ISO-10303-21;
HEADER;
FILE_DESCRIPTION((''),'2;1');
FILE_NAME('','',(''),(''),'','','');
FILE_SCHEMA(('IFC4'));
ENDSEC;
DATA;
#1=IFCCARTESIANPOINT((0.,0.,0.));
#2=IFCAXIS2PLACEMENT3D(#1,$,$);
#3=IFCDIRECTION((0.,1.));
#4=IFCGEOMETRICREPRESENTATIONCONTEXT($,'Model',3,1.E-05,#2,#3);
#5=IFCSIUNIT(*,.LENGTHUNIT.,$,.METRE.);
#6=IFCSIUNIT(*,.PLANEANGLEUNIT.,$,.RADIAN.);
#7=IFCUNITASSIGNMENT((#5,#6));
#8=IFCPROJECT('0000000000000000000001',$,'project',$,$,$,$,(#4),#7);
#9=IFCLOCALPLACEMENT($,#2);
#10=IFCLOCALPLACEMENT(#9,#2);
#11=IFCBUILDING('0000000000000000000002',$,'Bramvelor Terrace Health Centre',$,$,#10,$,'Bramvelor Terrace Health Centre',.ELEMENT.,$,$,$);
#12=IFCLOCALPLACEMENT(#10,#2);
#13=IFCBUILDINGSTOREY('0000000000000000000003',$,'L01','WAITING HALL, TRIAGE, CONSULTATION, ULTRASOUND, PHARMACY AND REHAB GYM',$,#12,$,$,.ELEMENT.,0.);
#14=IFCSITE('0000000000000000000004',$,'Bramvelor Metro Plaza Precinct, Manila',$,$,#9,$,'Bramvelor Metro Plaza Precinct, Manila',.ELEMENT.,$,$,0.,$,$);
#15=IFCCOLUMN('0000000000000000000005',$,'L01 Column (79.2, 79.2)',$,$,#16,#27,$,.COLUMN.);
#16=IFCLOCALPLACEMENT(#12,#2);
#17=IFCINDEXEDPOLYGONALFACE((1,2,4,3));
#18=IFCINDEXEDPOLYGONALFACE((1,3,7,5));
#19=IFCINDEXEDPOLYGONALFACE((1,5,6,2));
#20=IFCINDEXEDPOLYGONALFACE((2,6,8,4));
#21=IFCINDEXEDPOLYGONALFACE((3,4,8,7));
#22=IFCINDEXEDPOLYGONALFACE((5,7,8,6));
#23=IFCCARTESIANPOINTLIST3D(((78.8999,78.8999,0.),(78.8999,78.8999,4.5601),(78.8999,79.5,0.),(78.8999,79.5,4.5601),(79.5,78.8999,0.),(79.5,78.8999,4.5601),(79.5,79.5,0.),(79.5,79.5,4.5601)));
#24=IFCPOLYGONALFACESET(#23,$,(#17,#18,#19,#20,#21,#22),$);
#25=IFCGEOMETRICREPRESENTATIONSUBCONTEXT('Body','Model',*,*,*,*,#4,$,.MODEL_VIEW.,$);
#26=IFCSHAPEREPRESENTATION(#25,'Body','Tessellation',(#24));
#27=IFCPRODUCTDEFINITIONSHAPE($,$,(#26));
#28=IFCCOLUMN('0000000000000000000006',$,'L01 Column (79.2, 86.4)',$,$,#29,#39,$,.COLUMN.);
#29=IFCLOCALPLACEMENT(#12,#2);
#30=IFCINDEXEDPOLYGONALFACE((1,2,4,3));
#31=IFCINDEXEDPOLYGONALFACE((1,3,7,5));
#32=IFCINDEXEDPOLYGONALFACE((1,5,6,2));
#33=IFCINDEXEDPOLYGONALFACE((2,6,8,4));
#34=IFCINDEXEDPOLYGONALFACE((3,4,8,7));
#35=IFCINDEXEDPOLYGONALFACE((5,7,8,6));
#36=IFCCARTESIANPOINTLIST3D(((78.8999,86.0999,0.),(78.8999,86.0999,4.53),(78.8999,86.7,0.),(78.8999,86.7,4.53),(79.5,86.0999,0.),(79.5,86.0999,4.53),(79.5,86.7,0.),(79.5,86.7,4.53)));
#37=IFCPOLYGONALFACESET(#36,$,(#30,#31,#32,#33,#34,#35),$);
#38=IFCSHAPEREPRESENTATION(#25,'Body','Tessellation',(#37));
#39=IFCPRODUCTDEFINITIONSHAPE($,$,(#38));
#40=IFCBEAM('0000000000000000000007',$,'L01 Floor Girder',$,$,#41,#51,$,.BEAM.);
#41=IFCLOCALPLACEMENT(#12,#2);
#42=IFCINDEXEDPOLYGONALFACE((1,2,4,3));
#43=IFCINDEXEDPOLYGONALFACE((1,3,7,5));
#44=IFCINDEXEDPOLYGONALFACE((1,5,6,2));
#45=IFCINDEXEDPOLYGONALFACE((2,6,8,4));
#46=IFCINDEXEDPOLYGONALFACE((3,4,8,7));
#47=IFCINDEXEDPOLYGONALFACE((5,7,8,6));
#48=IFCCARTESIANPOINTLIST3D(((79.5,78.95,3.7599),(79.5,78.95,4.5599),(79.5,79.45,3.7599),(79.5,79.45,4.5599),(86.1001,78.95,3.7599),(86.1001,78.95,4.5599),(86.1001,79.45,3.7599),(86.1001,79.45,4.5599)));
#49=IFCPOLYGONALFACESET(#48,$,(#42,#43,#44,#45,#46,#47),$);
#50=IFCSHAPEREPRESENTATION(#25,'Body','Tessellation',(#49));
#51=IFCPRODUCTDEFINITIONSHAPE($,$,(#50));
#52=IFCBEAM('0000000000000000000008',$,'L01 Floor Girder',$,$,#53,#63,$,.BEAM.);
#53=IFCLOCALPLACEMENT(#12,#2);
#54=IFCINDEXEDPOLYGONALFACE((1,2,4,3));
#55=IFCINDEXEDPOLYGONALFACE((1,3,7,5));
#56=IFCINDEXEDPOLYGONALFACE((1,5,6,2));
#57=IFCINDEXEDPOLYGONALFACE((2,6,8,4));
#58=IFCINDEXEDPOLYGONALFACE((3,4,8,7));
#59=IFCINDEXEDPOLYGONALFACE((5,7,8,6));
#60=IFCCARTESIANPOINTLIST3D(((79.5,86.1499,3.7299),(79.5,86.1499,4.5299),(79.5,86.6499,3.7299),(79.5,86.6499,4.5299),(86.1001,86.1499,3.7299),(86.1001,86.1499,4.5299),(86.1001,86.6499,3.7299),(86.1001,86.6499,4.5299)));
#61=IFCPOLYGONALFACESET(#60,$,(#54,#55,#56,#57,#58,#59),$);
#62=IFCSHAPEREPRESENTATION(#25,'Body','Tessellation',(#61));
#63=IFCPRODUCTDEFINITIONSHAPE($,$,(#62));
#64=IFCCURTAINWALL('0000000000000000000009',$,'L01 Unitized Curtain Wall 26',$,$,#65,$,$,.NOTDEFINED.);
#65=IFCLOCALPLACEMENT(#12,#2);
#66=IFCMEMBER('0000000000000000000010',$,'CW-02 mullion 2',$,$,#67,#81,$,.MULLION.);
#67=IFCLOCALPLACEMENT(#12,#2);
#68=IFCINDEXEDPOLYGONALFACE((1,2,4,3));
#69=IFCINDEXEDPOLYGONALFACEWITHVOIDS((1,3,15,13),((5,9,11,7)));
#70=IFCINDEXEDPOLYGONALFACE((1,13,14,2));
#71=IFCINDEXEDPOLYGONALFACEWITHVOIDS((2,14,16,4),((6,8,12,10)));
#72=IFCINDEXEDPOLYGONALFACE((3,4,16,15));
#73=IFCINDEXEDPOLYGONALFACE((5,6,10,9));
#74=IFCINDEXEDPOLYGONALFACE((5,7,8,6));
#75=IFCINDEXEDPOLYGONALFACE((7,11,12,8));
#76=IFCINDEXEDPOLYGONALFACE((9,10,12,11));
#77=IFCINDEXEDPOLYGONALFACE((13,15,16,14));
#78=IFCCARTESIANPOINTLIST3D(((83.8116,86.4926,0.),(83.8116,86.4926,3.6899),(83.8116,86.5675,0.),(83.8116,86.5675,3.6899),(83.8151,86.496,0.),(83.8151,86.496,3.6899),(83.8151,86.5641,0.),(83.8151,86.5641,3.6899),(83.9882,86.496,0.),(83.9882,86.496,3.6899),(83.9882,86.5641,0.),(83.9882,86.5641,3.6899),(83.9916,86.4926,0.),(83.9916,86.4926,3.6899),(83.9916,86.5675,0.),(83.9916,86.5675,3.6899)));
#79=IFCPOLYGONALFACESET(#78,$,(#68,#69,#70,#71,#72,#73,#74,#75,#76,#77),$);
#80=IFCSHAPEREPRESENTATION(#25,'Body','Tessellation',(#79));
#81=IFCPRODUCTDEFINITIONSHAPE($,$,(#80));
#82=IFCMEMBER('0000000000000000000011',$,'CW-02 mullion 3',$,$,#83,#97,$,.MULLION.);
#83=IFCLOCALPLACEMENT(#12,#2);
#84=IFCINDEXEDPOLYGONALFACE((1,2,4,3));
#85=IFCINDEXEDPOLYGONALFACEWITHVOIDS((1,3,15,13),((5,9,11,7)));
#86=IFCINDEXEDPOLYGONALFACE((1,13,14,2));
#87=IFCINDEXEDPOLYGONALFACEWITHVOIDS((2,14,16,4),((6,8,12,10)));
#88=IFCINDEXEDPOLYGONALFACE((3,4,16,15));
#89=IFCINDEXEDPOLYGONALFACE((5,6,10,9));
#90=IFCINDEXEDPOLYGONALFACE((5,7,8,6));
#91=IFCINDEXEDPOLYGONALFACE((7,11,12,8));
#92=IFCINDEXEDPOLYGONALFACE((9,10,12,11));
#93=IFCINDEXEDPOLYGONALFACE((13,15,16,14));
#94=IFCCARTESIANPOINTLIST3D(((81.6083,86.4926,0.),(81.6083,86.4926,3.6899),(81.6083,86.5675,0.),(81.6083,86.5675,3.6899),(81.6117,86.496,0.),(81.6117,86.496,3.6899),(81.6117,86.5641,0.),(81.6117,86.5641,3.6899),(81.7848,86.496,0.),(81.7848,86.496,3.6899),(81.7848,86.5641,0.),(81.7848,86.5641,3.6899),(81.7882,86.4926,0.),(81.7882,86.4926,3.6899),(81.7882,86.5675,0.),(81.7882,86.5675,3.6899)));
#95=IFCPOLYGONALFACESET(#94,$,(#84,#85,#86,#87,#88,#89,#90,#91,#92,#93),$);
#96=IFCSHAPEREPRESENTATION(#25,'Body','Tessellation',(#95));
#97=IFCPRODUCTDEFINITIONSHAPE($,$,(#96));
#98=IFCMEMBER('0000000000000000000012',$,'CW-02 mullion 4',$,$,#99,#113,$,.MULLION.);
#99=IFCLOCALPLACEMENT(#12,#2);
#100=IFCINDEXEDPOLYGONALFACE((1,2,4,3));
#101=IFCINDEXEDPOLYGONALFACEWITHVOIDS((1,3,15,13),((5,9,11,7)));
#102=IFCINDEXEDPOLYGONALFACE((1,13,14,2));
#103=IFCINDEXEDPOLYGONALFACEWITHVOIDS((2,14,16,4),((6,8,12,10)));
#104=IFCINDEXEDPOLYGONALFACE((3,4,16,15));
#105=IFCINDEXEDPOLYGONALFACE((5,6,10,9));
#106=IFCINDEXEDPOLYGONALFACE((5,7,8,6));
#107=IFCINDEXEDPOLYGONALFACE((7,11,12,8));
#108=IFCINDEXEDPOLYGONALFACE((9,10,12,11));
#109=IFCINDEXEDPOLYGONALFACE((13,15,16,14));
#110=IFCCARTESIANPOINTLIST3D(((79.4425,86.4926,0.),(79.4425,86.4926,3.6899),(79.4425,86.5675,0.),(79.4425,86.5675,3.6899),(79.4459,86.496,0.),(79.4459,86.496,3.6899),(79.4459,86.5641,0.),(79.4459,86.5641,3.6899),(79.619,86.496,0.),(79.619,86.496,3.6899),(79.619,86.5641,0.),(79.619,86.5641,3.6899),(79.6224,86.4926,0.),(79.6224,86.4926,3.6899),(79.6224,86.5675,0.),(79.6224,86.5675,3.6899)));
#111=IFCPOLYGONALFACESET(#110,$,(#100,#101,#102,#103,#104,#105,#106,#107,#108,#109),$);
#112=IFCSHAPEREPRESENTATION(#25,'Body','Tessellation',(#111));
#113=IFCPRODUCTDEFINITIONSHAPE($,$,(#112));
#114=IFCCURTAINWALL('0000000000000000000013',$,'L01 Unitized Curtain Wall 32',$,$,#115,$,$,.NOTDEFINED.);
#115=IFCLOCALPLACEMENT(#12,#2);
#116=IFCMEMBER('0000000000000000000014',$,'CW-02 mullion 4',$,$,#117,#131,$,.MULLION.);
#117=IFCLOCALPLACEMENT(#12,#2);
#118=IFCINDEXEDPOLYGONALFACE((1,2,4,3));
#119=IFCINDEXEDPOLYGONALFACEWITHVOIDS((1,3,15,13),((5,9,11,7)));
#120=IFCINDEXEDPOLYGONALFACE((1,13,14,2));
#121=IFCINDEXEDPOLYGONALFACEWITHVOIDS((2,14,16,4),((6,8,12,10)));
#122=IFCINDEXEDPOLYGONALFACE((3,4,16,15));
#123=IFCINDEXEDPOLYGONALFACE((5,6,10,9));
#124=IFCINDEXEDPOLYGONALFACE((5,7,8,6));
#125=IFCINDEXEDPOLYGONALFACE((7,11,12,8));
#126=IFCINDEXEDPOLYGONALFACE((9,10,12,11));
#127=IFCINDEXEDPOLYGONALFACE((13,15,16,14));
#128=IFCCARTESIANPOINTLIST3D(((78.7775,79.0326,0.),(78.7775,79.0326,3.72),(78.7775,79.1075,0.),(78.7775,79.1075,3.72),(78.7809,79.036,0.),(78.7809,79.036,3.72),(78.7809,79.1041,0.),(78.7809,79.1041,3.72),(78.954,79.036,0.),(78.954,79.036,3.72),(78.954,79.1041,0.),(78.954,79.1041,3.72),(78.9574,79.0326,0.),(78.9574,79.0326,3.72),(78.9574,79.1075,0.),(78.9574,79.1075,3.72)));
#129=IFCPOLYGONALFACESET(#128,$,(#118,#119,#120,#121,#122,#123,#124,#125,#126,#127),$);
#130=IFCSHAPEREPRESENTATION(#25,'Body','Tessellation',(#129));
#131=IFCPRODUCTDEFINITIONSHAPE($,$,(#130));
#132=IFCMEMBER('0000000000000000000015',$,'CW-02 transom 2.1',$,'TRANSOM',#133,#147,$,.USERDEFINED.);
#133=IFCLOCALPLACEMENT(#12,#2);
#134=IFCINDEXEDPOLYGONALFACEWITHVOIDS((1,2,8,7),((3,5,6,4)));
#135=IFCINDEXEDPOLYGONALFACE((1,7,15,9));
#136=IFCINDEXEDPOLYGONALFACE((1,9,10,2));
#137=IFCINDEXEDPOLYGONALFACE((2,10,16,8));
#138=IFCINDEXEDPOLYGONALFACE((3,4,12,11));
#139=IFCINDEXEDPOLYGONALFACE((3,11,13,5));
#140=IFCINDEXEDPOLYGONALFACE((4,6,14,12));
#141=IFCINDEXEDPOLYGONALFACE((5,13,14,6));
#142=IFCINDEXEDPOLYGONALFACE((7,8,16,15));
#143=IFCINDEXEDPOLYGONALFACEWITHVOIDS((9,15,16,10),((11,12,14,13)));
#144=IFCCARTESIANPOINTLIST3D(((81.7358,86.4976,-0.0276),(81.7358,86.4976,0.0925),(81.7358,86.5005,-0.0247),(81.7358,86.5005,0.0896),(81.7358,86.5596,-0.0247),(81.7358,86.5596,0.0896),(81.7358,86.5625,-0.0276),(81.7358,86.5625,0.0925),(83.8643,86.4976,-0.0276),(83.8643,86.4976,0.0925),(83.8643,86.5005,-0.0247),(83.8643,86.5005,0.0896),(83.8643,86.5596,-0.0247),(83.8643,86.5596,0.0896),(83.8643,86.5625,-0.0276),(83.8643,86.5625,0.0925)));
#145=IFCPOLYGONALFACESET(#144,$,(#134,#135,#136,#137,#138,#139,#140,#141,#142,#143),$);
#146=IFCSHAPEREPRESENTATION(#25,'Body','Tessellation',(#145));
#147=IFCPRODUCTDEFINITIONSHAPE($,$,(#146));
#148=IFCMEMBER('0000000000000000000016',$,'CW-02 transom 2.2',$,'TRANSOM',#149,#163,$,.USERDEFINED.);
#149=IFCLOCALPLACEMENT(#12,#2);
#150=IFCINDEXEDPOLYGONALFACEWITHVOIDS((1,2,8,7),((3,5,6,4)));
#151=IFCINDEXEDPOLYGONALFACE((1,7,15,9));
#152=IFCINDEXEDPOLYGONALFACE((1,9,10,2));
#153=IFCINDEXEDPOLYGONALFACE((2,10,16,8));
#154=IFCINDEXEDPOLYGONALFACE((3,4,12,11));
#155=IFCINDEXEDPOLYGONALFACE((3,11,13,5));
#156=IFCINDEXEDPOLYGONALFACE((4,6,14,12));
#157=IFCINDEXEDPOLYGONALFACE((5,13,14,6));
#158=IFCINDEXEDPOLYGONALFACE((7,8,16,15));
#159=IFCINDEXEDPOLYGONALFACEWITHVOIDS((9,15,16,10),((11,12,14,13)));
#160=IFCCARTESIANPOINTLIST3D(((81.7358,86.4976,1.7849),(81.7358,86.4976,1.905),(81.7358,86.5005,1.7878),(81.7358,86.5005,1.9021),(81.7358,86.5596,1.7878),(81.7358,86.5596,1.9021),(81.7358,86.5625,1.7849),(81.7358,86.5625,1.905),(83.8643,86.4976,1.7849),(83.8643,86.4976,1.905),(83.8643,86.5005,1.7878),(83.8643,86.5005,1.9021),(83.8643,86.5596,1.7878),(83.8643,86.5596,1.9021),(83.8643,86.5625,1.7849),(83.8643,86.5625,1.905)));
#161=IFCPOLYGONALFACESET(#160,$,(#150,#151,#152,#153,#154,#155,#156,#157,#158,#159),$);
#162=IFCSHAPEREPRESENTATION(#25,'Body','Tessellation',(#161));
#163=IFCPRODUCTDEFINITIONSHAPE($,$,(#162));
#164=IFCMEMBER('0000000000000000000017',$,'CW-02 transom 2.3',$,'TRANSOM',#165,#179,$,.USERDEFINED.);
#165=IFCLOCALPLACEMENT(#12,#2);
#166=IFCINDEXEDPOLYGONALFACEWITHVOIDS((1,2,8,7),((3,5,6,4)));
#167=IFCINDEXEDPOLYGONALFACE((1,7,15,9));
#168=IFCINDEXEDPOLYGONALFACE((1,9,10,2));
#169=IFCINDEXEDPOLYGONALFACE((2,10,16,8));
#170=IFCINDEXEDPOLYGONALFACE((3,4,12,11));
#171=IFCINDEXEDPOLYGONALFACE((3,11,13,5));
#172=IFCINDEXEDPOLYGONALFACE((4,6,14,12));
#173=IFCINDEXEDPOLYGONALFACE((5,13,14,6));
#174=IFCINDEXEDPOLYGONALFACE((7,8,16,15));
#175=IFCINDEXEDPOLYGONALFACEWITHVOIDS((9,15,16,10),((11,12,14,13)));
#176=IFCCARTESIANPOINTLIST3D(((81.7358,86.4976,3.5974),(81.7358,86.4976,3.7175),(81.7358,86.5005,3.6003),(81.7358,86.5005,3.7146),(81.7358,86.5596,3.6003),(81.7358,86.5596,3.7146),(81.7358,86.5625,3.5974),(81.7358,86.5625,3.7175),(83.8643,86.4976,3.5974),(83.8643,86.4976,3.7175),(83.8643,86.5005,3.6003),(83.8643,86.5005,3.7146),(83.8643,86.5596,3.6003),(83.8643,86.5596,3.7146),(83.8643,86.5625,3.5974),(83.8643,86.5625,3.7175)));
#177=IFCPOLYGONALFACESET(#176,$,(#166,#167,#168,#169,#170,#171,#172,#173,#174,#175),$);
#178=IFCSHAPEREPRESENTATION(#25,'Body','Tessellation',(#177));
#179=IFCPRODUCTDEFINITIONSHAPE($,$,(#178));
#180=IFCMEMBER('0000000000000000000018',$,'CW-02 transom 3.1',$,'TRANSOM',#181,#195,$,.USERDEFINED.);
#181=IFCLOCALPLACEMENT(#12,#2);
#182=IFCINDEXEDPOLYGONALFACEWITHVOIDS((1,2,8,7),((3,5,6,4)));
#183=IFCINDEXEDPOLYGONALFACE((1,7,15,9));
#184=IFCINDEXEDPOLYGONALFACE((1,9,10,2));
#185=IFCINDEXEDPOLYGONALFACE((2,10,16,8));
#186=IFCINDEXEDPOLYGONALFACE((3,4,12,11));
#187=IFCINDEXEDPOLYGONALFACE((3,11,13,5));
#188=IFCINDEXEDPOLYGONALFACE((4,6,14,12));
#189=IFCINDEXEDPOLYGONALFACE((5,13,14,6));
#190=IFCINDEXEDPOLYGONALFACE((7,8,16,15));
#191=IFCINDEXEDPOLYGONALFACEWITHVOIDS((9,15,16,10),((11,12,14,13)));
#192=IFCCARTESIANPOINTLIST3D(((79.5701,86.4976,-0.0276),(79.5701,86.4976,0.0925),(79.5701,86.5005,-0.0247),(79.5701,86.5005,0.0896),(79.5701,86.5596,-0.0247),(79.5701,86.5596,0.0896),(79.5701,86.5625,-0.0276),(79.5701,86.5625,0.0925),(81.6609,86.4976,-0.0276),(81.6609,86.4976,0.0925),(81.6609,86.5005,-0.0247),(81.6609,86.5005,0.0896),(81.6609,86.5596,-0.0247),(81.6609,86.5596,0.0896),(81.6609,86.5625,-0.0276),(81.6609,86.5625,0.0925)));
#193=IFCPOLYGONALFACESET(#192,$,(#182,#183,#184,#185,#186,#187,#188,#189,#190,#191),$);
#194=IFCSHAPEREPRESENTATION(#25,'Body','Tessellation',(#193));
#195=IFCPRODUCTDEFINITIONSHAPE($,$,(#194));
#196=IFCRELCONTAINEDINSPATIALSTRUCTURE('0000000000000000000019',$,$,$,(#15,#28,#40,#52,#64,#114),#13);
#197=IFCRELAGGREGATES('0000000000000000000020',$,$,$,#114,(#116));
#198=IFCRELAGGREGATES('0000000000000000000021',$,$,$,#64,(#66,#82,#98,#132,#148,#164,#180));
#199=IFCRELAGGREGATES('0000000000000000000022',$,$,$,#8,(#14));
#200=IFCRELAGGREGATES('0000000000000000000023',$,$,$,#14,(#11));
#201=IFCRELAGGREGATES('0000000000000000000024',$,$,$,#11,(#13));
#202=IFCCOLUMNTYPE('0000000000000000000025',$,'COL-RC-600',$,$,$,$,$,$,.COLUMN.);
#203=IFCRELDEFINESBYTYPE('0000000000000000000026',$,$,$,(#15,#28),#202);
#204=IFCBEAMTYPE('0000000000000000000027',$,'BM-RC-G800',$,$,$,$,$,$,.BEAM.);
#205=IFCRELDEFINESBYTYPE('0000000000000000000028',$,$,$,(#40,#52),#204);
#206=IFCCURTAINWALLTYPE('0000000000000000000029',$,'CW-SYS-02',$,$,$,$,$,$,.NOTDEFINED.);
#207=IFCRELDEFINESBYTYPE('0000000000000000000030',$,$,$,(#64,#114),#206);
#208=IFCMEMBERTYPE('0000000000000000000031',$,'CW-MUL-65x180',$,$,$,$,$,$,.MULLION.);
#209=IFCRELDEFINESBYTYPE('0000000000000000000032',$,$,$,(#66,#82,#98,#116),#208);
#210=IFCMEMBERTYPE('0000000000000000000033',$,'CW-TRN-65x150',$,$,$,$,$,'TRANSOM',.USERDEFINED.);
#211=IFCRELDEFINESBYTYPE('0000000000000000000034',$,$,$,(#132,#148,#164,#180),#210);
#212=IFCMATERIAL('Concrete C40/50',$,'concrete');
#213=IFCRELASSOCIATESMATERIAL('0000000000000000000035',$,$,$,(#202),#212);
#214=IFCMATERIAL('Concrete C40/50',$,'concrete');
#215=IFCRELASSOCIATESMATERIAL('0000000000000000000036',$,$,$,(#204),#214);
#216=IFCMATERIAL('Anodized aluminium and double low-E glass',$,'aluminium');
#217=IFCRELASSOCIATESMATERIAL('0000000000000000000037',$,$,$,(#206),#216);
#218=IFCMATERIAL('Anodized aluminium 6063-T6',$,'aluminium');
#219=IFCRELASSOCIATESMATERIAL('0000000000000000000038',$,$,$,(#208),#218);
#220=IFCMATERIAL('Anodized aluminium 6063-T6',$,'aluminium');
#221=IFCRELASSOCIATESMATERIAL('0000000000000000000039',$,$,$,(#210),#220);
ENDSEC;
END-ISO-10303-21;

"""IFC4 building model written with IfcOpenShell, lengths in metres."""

from ifc_helpers import new_model, si_unit, direction, frame, origin, origin_2d, place, context, subcontext, project, spatial, rectangle, hollow_rectangle, extrude, material, material_profile, profile_set, type_object, element, aggregate, save


model = new_model("IFC4")

# Units and contexts
model_context = context("Model", 3, precision=1e-05, world=origin(), true_north=direction((0.0, 1.0)))
body_context = subcontext(model_context, "Body", "Model", "MODEL_VIEW")
ifc_project = project(units=[si_unit("LENGTHUNIT", "METRE"), si_unit("PLANEANGLEUNIT", "RADIAN")], contexts=[model_context])

# Site, building, storey
site_placement = place(None, origin())
site = spatial("IfcSite", under=ifc_project, at=site_placement, Name="Bramvelor Metro Plaza Precinct, Manila", LongName="Bramvelor Metro Plaza Precinct, Manila", CompositionType="ELEMENT", RefElevation=0.0)
building_placement = place(site_placement, origin())
building = spatial("IfcBuilding", under=site, at=building_placement, Name="Bramvelor Terrace Health Centre", LongName="Bramvelor Terrace Health Centre", CompositionType="ELEMENT")
storey_placement = place(building_placement, origin())
storey = spatial("IfcBuildingStorey", under=building, at=storey_placement, Name="L01", Description="WAITING HALL, TRIAGE, CONSULTATION, ULTRASOUND, PHARMACY AND REHAB GYM", CompositionType="ELEMENT", Elevation=0.0)

# Columns
ifc_material_1 = material(Name="Concrete C40/50", Category="concrete")
ifc_material_profile_1 = material_profile(ifc_material_1, rectangle(XDim=0.6001, YDim=0.6001, at=origin_2d()), Name="RC 600x600")
ifc_profile_set_1 = profile_set([ifc_material_profile_1], Name="Concrete C40/50")
column_type = type_object("IfcColumnType", Name="COL-RC-600", PredefinedType="COLUMN", material=ifc_profile_set_1)
column_1_placement = place(storey_placement, frame((79.2, 79.2, 0.0), z_axis=(0.0, 0.0, 1.0), x_axis=(1.0, 0.0, 0.0)))
element("IfcColumn", 1, at=column_1_placement, inside=storey, type_object=column_type, Name="L01 Column (79.2, 79.2)", PredefinedType="COLUMN", context=body_context, shape_type="SweptSolid", body=[
    extrude(rectangle(XDim=0.6001, YDim=0.6001, at=origin_2d()), origin(), (0.0, 0.0, 1.0), 4.5601),
])
column_2_placement = place(storey_placement, frame((79.2, 86.3999, 0.0), z_axis=(0.0, 0.0, 1.0), x_axis=(1.0, 0.0, 0.0)))
element("IfcColumn", 2, at=column_2_placement, inside=storey, type_object=column_type, Name="L01 Column (79.2, 86.4)", PredefinedType="COLUMN", context=body_context, shape_type="SweptSolid", body=[
    extrude(rectangle(XDim=0.6001, YDim=0.6001, at=origin_2d()), origin(), (0.0, 0.0, 1.0), 4.53),
])

# Beams
ifc_material_2 = material(Name="Concrete C40/50", Category="concrete")
ifc_material_profile_2 = material_profile(ifc_material_2, rectangle(XDim=0.5, YDim=0.8, at=origin_2d()), Name="RC 500x800")
ifc_profile_set_2 = profile_set([ifc_material_profile_2], Name="Concrete C40/50")
beam_type = type_object("IfcBeamType", Name="BM-RC-G800", PredefinedType="BEAM", material=ifc_profile_set_2)
for number, where, z_axis, x_axis, name in (
    (3, (79.5, 79.2, 4.1599), (1.0, 0.0, 0.0), (0.0, 1.0, 0.0), "L01 Floor Girder"),
    (4, (79.5, 86.3999, 4.1299), (1.0, 0.0, 0.0), (0.0, 1.0, 0.0), "L01 Floor Girder"),
):
    element("IfcBeam", number, at=place(storey_placement, frame(where, z_axis=z_axis, x_axis=x_axis)), inside=storey, type_object=beam_type, Name=name, PredefinedType="BEAM", context=body_context, shape_type="SweptSolid", body=[
        extrude(rectangle(XDim=0.5, YDim=0.8, at=origin_2d()), origin(), (0.0, 0.0, 1.0), 6.6001),
    ])

# Curtain wall, members
ifc_material_3 = material(Name="Anodized aluminium and double low-E glass", Category="aluminium")
curtain_wall_type = type_object("IfcCurtainWallType", Name="CW-SYS-02", PredefinedType="NOTDEFINED", material=ifc_material_3)
curtain_wall_1_placement = place(storey_placement, origin())
curtain_wall_1 = element("IfcCurtainWall", 5, at=curtain_wall_1_placement, inside=storey, type_object=curtain_wall_type, Name="L01 Unitized Curtain Wall 26", PredefinedType="NOTDEFINED")
ifc_material_4 = material(Name="Anodized aluminium 6063-T6", Category="aluminium")
ifc_material_profile_3 = material_profile(ifc_material_4, hollow_rectangle(XDim=0.075, YDim=0.1799, WallThickness=0.0034, at=origin_2d()), Name="ALU-MUL 75x180x3.5")
ifc_profile_set_3 = profile_set([ifc_material_profile_3], Name="Anodized aluminium 6063-T6")
member_type_1 = type_object("IfcMemberType", Name="CW-MUL-65x180", PredefinedType="MULLION", material=ifc_profile_set_3)
member_1_placement = place(storey_placement, frame((83.9016, 86.53, 0.0), z_axis=(0.0, 0.0, 1.0), x_axis=(0.0, -1.0, 0.0)))
member_1 = element("IfcMember", 6, at=member_1_placement, type_object=member_type_1, Name="CW-02 mullion 2", PredefinedType="MULLION", context=body_context, shape_type="SweptSolid", body=[
    extrude(hollow_rectangle(XDim=0.075, YDim=0.1799, WallThickness=0.0034, at=origin_2d()), origin(), (0.0, 0.0, 1.0), 3.6899),
])
member_2_placement = place(storey_placement, frame((81.6982, 86.53, 0.0), z_axis=(0.0, 0.0, 1.0), x_axis=(0.0, -1.0, 0.0)))
member_2 = element("IfcMember", 7, at=member_2_placement, type_object=member_type_1, Name="CW-02 mullion 3", PredefinedType="MULLION", context=body_context, shape_type="SweptSolid", body=[
    extrude(hollow_rectangle(XDim=0.075, YDim=0.1799, WallThickness=0.0034, at=origin_2d()), origin(), (0.0, 0.0, 1.0), 3.6899),
])
member_3_placement = place(storey_placement, frame((79.5325, 86.53, 0.0), z_axis=(0.0, 0.0, 1.0), x_axis=(0.0, -1.0, 0.0)))
member_3 = element("IfcMember", 8, at=member_3_placement, type_object=member_type_1, Name="CW-02 mullion 4", PredefinedType="MULLION", context=body_context, shape_type="SweptSolid", body=[
    extrude(hollow_rectangle(XDim=0.075, YDim=0.1799, WallThickness=0.0034, at=origin_2d()), origin(), (0.0, 0.0, 1.0), 3.6899),
])

# Curtain wall, member
curtain_wall_2_placement = place(storey_placement, origin())
curtain_wall_2 = element("IfcCurtainWall", 9, at=curtain_wall_2_placement, inside=storey, type_object=curtain_wall_type, Name="L01 Unitized Curtain Wall 32", PredefinedType="NOTDEFINED")
member_4_placement = place(storey_placement, frame((78.8674, 79.0701, 0.0), z_axis=(0.0, 0.0, 1.0), x_axis=(0.0, 1.0, 0.0)))
member_4 = element("IfcMember", 10, at=member_4_placement, type_object=member_type_1, Name="CW-02 mullion 4", PredefinedType="MULLION", context=body_context, shape_type="SweptSolid", body=[
    extrude(hollow_rectangle(XDim=0.075, YDim=0.1799, WallThickness=0.0034, at=origin_2d()), origin(), (0.0, 0.0, 1.0), 3.72),
])
aggregate(curtain_wall_2, [member_4])

# Members
ifc_material_5 = material(Name="Anodized aluminium 6063-T6", Category="aluminium")
ifc_material_profile_4 = material_profile(ifc_material_5, hollow_rectangle(XDim=0.0649, YDim=0.1201, WallThickness=0.0029, at=origin_2d()), Name="ALU-TRN 65x120x3.0")
ifc_profile_set_4 = profile_set([ifc_material_profile_4], Name="Anodized aluminium 6063-T6")
member_type_2 = type_object("IfcMemberType", Name="CW-TRN-65x150", ElementType="TRANSOM", PredefinedType="USERDEFINED", material=ifc_profile_set_4)
member_5_placement = place(storey_placement, frame((83.8643, 86.53, 0.0325), z_axis=(-1.0, 0.0, 0.0), x_axis=(0.0, -1.0, 0.0)))
member_5 = element("IfcMember", 11, at=member_5_placement, type_object=member_type_2, Name="CW-02 transom 2.1", ObjectType="TRANSOM", PredefinedType="USERDEFINED", context=body_context, shape_type="SweptSolid", body=[
    extrude(hollow_rectangle(XDim=0.0649, YDim=0.1201, WallThickness=0.0029, at=origin_2d()), origin(), (0.0, 0.0, 1.0), 2.1284),
])
member_6_placement = place(storey_placement, frame((83.8643, 86.53, 1.845), z_axis=(-1.0, 0.0, 0.0), x_axis=(0.0, -1.0, 0.0)))
member_6 = element("IfcMember", 12, at=member_6_placement, type_object=member_type_2, Name="CW-02 transom 2.2", ObjectType="TRANSOM", PredefinedType="USERDEFINED", context=body_context, shape_type="SweptSolid", body=[
    extrude(hollow_rectangle(XDim=0.0649, YDim=0.1201, WallThickness=0.0029, at=origin_2d()), origin(), (0.0, 0.0, 1.0), 2.1284),
])
member_7_placement = place(storey_placement, frame((83.8643, 86.53, 3.6575), z_axis=(-1.0, 0.0, 0.0), x_axis=(0.0, -1.0, 0.0)))
member_7 = element("IfcMember", 13, at=member_7_placement, type_object=member_type_2, Name="CW-02 transom 2.3", ObjectType="TRANSOM", PredefinedType="USERDEFINED", context=body_context, shape_type="SweptSolid", body=[
    extrude(hollow_rectangle(XDim=0.0649, YDim=0.1201, WallThickness=0.0029, at=origin_2d()), origin(), (0.0, 0.0, 1.0), 2.1284),
])
member_8_placement = place(storey_placement, frame((81.6609, 86.53, 0.0325), z_axis=(-1.0, 0.0, 0.0), x_axis=(0.0, -1.0, 0.0)))
member_8 = element("IfcMember", 14, at=member_8_placement, type_object=member_type_2, Name="CW-02 transom 3.1", ObjectType="TRANSOM", PredefinedType="USERDEFINED", context=body_context, shape_type="SweptSolid", body=[
    extrude(hollow_rectangle(XDim=0.0649, YDim=0.1201, WallThickness=0.0029, at=origin_2d()), origin(), (0.0, 0.0, 1.0), 2.0908),
])

aggregate(curtain_wall_1, [member_1, member_2, member_3, member_5, member_6, member_7, member_8])

save(model, "model.ifc")
